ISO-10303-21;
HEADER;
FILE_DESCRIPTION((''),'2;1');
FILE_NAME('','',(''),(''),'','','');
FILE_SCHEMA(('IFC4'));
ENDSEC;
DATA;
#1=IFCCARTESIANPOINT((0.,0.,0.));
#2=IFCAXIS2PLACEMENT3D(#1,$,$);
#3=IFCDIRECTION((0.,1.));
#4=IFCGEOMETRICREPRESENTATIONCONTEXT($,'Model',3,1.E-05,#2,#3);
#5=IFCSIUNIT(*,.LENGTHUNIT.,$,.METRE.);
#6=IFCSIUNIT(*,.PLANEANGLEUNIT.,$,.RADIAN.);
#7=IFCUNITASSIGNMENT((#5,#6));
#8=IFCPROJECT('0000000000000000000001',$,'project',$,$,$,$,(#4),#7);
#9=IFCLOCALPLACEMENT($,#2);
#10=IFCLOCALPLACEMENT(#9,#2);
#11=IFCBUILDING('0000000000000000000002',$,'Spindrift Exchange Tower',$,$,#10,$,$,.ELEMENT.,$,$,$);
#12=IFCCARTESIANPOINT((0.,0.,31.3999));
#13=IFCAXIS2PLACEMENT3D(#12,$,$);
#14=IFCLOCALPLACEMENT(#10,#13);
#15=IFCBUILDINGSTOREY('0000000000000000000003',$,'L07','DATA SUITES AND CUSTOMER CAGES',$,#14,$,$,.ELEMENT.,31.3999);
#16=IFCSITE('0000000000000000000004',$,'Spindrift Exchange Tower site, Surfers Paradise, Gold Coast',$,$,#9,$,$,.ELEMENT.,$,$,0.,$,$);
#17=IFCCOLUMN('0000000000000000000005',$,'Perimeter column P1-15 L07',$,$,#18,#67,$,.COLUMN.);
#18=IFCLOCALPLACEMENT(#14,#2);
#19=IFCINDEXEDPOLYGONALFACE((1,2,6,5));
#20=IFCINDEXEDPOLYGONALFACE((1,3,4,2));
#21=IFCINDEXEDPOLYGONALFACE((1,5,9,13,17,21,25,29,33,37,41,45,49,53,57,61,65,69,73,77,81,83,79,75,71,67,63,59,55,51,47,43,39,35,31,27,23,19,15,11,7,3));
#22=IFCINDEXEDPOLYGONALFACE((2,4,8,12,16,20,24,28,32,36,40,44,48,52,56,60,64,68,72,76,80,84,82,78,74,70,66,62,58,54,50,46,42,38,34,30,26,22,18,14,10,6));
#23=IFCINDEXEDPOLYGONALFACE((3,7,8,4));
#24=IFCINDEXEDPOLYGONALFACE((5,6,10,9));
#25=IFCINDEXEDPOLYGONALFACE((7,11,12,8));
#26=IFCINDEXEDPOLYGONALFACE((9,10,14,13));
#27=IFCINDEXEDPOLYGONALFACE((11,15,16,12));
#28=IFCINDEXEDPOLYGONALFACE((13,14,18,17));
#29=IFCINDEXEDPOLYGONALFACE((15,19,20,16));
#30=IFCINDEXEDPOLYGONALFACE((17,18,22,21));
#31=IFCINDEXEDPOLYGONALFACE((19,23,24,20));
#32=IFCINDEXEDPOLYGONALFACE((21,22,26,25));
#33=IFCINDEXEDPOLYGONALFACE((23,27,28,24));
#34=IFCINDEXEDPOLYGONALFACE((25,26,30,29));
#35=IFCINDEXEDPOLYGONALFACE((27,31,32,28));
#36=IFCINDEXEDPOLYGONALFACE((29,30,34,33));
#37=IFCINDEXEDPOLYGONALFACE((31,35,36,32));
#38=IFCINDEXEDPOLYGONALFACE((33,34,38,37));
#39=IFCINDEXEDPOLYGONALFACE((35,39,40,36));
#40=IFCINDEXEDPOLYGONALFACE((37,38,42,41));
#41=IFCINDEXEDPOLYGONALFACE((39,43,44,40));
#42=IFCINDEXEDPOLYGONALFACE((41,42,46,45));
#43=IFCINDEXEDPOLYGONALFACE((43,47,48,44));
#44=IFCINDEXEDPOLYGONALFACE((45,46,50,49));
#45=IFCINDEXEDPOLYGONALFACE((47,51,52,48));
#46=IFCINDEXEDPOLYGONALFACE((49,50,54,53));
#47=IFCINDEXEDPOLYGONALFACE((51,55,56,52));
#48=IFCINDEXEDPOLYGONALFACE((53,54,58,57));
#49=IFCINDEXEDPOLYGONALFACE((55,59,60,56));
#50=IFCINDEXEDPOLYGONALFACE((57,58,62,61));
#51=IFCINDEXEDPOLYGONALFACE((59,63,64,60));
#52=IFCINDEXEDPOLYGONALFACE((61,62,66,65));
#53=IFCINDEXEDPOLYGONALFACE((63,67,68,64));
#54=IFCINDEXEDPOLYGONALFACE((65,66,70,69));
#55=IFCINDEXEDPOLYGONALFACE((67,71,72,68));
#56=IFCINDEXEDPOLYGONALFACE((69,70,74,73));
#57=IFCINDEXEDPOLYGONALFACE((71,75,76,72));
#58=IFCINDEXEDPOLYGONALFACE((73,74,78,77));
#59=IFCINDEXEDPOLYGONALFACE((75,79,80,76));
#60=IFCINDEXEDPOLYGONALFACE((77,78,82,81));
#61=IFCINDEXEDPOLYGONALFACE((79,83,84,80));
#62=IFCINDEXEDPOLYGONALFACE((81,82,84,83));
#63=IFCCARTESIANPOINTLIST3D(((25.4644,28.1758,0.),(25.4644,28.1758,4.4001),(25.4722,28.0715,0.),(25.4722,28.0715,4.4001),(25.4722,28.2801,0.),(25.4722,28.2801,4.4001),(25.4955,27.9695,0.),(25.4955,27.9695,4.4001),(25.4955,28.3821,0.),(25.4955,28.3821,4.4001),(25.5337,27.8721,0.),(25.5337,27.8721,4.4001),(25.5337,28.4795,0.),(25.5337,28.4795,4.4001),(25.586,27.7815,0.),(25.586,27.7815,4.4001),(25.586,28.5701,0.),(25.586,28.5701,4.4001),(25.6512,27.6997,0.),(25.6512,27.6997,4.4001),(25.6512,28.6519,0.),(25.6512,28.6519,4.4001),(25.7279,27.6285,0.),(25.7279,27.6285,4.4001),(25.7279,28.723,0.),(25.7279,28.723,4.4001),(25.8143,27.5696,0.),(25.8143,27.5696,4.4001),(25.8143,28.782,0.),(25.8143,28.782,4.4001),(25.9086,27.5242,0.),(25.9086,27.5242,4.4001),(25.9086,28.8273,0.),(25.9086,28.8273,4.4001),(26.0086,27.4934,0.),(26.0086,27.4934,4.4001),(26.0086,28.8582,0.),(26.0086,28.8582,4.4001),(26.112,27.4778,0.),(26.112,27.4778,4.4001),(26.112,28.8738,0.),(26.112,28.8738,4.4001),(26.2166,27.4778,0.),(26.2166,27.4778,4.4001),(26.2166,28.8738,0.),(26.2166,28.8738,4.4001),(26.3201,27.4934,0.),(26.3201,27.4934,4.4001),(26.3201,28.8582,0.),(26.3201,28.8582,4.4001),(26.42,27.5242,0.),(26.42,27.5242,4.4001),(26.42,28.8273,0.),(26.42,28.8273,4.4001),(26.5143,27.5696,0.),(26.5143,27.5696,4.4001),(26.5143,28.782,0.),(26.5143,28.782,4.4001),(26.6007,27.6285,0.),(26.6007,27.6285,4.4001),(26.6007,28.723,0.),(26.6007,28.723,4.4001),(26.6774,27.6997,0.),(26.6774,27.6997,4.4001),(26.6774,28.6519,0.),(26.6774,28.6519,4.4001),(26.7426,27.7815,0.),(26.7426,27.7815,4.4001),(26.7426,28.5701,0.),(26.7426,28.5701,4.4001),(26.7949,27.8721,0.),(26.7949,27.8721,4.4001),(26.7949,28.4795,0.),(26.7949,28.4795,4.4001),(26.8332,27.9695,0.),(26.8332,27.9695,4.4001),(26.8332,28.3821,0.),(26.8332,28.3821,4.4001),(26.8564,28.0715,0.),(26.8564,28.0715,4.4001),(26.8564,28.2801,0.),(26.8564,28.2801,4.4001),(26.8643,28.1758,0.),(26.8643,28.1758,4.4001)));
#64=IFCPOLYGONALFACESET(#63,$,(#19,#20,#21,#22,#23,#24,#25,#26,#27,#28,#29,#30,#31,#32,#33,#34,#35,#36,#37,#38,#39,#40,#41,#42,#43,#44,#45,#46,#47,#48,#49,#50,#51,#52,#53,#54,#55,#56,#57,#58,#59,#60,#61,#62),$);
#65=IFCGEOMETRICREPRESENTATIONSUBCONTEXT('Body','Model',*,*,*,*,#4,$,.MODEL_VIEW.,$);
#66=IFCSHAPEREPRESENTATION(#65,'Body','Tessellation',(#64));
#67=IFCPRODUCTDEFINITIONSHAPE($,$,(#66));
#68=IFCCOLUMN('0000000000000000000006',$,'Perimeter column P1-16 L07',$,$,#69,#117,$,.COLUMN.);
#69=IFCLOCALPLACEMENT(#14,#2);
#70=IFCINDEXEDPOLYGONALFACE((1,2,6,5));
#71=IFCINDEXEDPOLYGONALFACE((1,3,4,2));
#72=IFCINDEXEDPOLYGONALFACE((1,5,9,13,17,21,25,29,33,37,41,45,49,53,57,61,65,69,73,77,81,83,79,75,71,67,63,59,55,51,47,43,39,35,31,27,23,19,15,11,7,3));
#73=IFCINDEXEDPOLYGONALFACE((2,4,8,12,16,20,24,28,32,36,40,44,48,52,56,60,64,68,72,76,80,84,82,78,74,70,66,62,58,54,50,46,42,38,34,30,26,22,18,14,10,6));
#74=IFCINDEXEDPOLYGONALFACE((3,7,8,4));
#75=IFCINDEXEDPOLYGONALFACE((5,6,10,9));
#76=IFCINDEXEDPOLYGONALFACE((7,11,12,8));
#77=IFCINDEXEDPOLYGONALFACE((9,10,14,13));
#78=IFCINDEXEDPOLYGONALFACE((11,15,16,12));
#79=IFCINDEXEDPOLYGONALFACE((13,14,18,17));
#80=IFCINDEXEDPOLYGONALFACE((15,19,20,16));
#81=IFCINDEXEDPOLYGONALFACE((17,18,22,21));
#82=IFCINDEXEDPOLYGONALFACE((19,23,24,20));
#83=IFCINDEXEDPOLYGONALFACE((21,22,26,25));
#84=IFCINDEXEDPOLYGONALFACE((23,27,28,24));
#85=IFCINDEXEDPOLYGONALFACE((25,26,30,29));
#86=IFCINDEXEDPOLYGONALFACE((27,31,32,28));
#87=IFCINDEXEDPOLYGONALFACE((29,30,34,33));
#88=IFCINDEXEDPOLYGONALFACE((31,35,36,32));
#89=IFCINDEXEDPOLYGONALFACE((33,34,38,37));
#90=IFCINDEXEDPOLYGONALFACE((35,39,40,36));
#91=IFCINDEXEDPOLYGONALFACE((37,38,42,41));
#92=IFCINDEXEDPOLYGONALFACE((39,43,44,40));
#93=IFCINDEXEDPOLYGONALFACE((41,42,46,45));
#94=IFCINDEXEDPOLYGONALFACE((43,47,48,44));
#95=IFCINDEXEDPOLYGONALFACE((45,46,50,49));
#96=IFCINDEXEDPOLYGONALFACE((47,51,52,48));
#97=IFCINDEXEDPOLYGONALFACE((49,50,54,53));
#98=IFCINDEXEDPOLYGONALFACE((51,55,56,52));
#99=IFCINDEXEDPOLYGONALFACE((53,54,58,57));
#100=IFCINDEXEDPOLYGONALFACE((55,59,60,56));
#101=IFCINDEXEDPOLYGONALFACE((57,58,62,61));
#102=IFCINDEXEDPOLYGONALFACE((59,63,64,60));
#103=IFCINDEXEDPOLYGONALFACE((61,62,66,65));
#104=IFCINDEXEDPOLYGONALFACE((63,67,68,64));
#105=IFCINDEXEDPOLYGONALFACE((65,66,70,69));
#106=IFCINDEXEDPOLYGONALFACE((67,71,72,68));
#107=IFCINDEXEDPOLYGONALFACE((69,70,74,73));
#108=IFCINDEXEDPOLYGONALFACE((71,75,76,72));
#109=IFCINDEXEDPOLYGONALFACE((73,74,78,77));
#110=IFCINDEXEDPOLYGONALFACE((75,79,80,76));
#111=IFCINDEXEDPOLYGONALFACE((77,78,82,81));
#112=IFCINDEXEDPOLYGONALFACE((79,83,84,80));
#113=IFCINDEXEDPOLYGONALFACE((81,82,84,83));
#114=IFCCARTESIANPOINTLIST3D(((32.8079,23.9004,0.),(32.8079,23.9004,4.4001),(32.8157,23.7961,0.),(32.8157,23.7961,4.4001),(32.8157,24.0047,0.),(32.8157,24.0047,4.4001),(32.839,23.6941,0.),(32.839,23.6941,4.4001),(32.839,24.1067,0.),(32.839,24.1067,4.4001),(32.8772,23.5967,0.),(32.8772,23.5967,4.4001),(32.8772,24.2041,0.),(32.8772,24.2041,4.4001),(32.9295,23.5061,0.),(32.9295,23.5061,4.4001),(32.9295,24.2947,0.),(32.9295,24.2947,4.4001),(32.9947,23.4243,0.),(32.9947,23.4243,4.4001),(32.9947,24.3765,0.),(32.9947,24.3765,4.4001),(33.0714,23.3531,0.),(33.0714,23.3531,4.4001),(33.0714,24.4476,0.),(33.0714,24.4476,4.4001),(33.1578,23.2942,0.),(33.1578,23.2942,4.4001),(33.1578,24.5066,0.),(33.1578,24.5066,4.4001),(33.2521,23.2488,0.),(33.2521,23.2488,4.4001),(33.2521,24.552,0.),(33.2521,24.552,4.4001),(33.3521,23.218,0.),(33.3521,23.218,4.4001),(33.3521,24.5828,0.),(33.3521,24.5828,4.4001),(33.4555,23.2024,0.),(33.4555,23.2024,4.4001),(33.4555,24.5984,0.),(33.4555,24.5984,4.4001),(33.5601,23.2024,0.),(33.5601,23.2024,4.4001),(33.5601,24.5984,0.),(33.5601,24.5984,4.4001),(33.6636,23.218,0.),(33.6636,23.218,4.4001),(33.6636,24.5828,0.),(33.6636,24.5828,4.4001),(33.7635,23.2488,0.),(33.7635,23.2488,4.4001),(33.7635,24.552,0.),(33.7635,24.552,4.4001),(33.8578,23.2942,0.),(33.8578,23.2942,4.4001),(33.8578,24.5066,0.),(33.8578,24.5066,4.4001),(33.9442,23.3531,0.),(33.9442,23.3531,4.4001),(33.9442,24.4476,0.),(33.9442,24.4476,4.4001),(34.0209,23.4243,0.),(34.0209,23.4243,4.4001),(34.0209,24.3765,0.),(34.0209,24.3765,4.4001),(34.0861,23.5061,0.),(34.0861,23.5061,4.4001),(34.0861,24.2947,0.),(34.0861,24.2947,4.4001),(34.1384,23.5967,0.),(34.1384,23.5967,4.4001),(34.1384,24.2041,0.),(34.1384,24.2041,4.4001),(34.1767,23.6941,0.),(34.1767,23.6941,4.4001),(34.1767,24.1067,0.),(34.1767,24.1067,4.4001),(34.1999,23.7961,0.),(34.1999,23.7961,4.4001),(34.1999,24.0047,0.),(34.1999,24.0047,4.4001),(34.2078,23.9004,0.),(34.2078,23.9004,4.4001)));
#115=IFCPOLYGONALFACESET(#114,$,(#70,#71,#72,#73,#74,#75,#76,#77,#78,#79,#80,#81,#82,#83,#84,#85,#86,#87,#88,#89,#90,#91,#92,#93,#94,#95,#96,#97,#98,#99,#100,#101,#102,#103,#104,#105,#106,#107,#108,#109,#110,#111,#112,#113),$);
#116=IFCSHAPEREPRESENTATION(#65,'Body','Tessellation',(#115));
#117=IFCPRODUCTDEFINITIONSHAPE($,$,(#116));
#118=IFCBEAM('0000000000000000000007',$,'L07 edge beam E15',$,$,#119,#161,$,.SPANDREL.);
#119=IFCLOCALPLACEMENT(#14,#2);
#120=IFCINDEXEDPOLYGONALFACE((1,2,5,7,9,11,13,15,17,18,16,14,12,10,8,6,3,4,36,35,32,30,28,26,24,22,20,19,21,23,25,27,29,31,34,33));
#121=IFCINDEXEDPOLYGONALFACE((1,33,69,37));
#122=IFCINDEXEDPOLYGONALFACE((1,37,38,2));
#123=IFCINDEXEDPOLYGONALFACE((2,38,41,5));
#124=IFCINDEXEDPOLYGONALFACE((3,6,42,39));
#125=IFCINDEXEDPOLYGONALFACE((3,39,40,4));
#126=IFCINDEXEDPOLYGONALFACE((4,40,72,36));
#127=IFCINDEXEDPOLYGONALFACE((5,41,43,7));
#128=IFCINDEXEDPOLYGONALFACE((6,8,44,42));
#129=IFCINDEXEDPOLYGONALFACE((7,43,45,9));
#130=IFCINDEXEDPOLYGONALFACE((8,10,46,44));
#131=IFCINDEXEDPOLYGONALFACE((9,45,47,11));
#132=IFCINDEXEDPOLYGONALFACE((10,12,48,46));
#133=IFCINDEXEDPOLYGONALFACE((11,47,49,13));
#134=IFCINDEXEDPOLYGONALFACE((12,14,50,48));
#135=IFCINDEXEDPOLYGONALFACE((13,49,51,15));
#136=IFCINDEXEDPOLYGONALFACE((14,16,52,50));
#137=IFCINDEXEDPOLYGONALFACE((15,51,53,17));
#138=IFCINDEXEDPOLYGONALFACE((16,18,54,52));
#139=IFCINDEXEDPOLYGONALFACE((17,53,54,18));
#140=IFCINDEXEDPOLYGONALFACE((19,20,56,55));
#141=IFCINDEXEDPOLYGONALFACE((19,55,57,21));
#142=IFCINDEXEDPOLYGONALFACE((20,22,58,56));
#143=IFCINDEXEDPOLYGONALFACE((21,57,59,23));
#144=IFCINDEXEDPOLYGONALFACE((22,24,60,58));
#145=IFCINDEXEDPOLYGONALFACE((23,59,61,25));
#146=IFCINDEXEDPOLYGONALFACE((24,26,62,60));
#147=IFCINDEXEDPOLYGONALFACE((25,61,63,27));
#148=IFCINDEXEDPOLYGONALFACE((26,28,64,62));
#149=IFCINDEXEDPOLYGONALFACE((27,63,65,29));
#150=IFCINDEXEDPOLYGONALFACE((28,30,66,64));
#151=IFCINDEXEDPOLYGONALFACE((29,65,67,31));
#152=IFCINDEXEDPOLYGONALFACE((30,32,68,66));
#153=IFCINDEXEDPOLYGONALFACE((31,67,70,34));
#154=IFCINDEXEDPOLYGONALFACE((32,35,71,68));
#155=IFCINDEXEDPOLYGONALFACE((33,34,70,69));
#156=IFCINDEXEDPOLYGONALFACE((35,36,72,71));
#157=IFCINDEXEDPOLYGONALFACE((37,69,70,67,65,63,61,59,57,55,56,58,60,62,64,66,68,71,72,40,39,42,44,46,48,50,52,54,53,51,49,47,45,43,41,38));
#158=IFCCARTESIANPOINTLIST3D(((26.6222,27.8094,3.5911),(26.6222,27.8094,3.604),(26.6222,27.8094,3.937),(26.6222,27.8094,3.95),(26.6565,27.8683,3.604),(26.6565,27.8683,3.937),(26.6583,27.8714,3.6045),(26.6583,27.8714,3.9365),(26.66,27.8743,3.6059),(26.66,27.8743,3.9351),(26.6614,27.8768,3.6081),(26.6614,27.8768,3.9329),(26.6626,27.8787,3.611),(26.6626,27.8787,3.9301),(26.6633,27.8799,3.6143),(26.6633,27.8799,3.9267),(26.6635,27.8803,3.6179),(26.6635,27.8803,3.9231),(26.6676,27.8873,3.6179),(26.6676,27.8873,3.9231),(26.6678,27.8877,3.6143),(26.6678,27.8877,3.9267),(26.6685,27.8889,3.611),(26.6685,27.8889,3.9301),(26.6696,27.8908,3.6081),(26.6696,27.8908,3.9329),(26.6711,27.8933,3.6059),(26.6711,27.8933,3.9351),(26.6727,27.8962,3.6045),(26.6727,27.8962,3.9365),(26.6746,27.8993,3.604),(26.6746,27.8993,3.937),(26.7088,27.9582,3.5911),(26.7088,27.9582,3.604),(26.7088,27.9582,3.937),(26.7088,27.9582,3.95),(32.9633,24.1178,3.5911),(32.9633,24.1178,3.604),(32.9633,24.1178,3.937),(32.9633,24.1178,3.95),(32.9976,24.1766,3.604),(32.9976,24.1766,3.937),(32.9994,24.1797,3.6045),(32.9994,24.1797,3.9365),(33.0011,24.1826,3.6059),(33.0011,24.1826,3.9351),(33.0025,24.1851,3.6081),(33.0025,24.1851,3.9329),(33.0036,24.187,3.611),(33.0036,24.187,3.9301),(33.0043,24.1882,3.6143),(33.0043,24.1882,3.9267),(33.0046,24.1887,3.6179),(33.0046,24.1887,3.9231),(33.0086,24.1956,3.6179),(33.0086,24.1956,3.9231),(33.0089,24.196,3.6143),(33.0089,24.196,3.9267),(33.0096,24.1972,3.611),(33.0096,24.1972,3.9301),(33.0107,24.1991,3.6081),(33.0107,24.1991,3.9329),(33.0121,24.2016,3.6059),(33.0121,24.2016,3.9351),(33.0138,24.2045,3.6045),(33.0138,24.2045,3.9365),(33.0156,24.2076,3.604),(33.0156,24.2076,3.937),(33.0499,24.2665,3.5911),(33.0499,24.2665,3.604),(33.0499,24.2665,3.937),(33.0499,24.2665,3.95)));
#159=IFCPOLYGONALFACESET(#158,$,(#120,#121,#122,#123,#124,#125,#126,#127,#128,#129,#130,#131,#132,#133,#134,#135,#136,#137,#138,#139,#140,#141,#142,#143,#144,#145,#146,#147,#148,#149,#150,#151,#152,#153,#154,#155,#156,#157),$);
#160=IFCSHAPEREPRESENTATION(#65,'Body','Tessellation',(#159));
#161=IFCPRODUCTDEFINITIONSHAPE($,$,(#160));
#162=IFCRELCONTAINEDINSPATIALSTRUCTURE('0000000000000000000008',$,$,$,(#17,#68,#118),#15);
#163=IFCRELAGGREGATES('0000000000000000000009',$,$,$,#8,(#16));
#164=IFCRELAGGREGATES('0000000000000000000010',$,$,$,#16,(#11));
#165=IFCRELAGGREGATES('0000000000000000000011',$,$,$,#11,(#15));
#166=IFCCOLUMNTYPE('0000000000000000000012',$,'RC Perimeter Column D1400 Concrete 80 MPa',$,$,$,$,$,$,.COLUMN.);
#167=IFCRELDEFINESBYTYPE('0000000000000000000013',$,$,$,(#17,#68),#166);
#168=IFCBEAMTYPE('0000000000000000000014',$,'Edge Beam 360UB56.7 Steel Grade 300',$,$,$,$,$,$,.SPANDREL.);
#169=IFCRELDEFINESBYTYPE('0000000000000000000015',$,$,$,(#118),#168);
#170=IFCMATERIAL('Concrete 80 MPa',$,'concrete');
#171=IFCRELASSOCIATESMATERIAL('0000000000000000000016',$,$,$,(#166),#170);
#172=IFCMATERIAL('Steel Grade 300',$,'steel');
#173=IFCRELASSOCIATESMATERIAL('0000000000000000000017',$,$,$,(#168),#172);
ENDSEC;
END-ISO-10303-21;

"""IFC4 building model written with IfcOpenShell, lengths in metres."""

from ifc_helpers import new_model, si_unit, direction, frame, origin, origin_2d, place, context, subcontext, project, spatial, circle, i_section, extrude, source, transform, mapped, material, material_profile, profile_set, type_object, element, save


model = new_model("IFC4")

# Units and contexts
model_context = context("Model", 3, precision=1e-05, world=origin(), true_north=direction((0.0, 1.0)))
body_context = subcontext(model_context, "Body", "Model", "MODEL_VIEW")
ifc_project = project(units=[si_unit("LENGTHUNIT", "METRE"), si_unit("PLANEANGLEUNIT", "RADIAN")], contexts=[model_context])

# Site, building, storey
site_placement = place(None, origin())
site = spatial("IfcSite", under=ifc_project, at=site_placement, Name="Spindrift Exchange Tower site, Surfers Paradise, Gold Coast", CompositionType="ELEMENT", RefElevation=0.0)
building_placement = place(site_placement, origin())
building = spatial("IfcBuilding", under=site, at=building_placement, Name="Spindrift Exchange Tower", CompositionType="ELEMENT")
storey_placement = place(building_placement, frame((0.0, 0.0, 31.3999)))
storey = spatial("IfcBuildingStorey", under=building, at=storey_placement, Name="L07", Description="DATA SUITES AND CUSTOMER CAGES", CompositionType="ELEMENT", Elevation=31.3999)

# Columns
ifc_material_1 = material(Name="Concrete 80 MPa", Category="concrete")
ifc_material_profile_1 = material_profile(ifc_material_1, circle(Radius=0.7, at=origin_2d()), Name="RC D1400")
ifc_profile_set_1 = profile_set([ifc_material_profile_1], Name="Concrete 80 MPa")
column_type = type_object("IfcColumnType", Name="RC Perimeter Column D1400 Concrete 80 MPa", PredefinedType="COLUMN", material=ifc_profile_set_1)
shared_shape_1 = source(origin(), body_context, "Body", "SweptSolid", [
    extrude(circle(Radius=0.7, at=origin_2d()), origin(), (0.0, 0.0, 1.0), 4.4001),
])
for number, where, z_axis, x_axis, name in (
    (1, (26.1643, 28.1758, 0.0), (0.0, 0.0, 1.0), (1.0, 0.0, 0.0), "Perimeter column P1-15 L07"),
    (2, (33.5078, 23.9004, 0.0), (0.0, 0.0, 1.0), (1.0, 0.0, 0.0), "Perimeter column P1-16 L07"),
):
    element("IfcColumn", number, at=place(storey_placement, frame(where, z_axis=z_axis, x_axis=x_axis)), inside=storey, type_object=column_type, Name=name, PredefinedType="COLUMN", context=body_context, shape_type="MappedRepresentation", body=[
        mapped(shared_shape_1, transform((0.0, 0.0, 0.0), scale=1.0)),
    ])

# Beam
ifc_material_2 = material(Name="Steel Grade 300", Category="steel")
ifc_material_profile_2 = material_profile(ifc_material_2, i_section(OverallWidth=0.1721, OverallDepth=0.3589, WebThickness=0.0081, FlangeThickness=0.0129, FilletRadius=0.0139, at=origin_2d()), Name="360UB56.7")
ifc_profile_set_2 = profile_set([ifc_material_profile_2], Name="Steel Grade 300")
beam_type_1 = type_object("IfcBeamType", Name="Edge Beam 360UB56.7 Steel Grade 300", PredefinedType="SPANDREL", material=ifc_profile_set_2)
shared_shape_2 = source(origin(), body_context, "Body", "SweptSolid", [
    extrude(i_section(OverallWidth=0.1721, OverallDepth=0.3589, WebThickness=0.0081, FlangeThickness=0.0129, FilletRadius=0.0139, at=origin_2d()), origin(), (0.0, 0.0, 1.0), 7.3374),
])
beam_1_placement = place(storey_placement, frame((26.6655, 27.8838, 3.7705), z_axis=(0.864212, -0.503128, 0.0), x_axis=(0.503128, 0.864212, 0.0)))
element("IfcBeam", 3, at=beam_1_placement, inside=storey, type_object=beam_type_1, Name="L07 edge beam E15", PredefinedType="SPANDREL", context=body_context, shape_type="MappedRepresentation", body=[
    mapped(shared_shape_2, transform((0.0, 0.0, 0.0), scale=1.0)),
])

save(model, "model.ifc")
